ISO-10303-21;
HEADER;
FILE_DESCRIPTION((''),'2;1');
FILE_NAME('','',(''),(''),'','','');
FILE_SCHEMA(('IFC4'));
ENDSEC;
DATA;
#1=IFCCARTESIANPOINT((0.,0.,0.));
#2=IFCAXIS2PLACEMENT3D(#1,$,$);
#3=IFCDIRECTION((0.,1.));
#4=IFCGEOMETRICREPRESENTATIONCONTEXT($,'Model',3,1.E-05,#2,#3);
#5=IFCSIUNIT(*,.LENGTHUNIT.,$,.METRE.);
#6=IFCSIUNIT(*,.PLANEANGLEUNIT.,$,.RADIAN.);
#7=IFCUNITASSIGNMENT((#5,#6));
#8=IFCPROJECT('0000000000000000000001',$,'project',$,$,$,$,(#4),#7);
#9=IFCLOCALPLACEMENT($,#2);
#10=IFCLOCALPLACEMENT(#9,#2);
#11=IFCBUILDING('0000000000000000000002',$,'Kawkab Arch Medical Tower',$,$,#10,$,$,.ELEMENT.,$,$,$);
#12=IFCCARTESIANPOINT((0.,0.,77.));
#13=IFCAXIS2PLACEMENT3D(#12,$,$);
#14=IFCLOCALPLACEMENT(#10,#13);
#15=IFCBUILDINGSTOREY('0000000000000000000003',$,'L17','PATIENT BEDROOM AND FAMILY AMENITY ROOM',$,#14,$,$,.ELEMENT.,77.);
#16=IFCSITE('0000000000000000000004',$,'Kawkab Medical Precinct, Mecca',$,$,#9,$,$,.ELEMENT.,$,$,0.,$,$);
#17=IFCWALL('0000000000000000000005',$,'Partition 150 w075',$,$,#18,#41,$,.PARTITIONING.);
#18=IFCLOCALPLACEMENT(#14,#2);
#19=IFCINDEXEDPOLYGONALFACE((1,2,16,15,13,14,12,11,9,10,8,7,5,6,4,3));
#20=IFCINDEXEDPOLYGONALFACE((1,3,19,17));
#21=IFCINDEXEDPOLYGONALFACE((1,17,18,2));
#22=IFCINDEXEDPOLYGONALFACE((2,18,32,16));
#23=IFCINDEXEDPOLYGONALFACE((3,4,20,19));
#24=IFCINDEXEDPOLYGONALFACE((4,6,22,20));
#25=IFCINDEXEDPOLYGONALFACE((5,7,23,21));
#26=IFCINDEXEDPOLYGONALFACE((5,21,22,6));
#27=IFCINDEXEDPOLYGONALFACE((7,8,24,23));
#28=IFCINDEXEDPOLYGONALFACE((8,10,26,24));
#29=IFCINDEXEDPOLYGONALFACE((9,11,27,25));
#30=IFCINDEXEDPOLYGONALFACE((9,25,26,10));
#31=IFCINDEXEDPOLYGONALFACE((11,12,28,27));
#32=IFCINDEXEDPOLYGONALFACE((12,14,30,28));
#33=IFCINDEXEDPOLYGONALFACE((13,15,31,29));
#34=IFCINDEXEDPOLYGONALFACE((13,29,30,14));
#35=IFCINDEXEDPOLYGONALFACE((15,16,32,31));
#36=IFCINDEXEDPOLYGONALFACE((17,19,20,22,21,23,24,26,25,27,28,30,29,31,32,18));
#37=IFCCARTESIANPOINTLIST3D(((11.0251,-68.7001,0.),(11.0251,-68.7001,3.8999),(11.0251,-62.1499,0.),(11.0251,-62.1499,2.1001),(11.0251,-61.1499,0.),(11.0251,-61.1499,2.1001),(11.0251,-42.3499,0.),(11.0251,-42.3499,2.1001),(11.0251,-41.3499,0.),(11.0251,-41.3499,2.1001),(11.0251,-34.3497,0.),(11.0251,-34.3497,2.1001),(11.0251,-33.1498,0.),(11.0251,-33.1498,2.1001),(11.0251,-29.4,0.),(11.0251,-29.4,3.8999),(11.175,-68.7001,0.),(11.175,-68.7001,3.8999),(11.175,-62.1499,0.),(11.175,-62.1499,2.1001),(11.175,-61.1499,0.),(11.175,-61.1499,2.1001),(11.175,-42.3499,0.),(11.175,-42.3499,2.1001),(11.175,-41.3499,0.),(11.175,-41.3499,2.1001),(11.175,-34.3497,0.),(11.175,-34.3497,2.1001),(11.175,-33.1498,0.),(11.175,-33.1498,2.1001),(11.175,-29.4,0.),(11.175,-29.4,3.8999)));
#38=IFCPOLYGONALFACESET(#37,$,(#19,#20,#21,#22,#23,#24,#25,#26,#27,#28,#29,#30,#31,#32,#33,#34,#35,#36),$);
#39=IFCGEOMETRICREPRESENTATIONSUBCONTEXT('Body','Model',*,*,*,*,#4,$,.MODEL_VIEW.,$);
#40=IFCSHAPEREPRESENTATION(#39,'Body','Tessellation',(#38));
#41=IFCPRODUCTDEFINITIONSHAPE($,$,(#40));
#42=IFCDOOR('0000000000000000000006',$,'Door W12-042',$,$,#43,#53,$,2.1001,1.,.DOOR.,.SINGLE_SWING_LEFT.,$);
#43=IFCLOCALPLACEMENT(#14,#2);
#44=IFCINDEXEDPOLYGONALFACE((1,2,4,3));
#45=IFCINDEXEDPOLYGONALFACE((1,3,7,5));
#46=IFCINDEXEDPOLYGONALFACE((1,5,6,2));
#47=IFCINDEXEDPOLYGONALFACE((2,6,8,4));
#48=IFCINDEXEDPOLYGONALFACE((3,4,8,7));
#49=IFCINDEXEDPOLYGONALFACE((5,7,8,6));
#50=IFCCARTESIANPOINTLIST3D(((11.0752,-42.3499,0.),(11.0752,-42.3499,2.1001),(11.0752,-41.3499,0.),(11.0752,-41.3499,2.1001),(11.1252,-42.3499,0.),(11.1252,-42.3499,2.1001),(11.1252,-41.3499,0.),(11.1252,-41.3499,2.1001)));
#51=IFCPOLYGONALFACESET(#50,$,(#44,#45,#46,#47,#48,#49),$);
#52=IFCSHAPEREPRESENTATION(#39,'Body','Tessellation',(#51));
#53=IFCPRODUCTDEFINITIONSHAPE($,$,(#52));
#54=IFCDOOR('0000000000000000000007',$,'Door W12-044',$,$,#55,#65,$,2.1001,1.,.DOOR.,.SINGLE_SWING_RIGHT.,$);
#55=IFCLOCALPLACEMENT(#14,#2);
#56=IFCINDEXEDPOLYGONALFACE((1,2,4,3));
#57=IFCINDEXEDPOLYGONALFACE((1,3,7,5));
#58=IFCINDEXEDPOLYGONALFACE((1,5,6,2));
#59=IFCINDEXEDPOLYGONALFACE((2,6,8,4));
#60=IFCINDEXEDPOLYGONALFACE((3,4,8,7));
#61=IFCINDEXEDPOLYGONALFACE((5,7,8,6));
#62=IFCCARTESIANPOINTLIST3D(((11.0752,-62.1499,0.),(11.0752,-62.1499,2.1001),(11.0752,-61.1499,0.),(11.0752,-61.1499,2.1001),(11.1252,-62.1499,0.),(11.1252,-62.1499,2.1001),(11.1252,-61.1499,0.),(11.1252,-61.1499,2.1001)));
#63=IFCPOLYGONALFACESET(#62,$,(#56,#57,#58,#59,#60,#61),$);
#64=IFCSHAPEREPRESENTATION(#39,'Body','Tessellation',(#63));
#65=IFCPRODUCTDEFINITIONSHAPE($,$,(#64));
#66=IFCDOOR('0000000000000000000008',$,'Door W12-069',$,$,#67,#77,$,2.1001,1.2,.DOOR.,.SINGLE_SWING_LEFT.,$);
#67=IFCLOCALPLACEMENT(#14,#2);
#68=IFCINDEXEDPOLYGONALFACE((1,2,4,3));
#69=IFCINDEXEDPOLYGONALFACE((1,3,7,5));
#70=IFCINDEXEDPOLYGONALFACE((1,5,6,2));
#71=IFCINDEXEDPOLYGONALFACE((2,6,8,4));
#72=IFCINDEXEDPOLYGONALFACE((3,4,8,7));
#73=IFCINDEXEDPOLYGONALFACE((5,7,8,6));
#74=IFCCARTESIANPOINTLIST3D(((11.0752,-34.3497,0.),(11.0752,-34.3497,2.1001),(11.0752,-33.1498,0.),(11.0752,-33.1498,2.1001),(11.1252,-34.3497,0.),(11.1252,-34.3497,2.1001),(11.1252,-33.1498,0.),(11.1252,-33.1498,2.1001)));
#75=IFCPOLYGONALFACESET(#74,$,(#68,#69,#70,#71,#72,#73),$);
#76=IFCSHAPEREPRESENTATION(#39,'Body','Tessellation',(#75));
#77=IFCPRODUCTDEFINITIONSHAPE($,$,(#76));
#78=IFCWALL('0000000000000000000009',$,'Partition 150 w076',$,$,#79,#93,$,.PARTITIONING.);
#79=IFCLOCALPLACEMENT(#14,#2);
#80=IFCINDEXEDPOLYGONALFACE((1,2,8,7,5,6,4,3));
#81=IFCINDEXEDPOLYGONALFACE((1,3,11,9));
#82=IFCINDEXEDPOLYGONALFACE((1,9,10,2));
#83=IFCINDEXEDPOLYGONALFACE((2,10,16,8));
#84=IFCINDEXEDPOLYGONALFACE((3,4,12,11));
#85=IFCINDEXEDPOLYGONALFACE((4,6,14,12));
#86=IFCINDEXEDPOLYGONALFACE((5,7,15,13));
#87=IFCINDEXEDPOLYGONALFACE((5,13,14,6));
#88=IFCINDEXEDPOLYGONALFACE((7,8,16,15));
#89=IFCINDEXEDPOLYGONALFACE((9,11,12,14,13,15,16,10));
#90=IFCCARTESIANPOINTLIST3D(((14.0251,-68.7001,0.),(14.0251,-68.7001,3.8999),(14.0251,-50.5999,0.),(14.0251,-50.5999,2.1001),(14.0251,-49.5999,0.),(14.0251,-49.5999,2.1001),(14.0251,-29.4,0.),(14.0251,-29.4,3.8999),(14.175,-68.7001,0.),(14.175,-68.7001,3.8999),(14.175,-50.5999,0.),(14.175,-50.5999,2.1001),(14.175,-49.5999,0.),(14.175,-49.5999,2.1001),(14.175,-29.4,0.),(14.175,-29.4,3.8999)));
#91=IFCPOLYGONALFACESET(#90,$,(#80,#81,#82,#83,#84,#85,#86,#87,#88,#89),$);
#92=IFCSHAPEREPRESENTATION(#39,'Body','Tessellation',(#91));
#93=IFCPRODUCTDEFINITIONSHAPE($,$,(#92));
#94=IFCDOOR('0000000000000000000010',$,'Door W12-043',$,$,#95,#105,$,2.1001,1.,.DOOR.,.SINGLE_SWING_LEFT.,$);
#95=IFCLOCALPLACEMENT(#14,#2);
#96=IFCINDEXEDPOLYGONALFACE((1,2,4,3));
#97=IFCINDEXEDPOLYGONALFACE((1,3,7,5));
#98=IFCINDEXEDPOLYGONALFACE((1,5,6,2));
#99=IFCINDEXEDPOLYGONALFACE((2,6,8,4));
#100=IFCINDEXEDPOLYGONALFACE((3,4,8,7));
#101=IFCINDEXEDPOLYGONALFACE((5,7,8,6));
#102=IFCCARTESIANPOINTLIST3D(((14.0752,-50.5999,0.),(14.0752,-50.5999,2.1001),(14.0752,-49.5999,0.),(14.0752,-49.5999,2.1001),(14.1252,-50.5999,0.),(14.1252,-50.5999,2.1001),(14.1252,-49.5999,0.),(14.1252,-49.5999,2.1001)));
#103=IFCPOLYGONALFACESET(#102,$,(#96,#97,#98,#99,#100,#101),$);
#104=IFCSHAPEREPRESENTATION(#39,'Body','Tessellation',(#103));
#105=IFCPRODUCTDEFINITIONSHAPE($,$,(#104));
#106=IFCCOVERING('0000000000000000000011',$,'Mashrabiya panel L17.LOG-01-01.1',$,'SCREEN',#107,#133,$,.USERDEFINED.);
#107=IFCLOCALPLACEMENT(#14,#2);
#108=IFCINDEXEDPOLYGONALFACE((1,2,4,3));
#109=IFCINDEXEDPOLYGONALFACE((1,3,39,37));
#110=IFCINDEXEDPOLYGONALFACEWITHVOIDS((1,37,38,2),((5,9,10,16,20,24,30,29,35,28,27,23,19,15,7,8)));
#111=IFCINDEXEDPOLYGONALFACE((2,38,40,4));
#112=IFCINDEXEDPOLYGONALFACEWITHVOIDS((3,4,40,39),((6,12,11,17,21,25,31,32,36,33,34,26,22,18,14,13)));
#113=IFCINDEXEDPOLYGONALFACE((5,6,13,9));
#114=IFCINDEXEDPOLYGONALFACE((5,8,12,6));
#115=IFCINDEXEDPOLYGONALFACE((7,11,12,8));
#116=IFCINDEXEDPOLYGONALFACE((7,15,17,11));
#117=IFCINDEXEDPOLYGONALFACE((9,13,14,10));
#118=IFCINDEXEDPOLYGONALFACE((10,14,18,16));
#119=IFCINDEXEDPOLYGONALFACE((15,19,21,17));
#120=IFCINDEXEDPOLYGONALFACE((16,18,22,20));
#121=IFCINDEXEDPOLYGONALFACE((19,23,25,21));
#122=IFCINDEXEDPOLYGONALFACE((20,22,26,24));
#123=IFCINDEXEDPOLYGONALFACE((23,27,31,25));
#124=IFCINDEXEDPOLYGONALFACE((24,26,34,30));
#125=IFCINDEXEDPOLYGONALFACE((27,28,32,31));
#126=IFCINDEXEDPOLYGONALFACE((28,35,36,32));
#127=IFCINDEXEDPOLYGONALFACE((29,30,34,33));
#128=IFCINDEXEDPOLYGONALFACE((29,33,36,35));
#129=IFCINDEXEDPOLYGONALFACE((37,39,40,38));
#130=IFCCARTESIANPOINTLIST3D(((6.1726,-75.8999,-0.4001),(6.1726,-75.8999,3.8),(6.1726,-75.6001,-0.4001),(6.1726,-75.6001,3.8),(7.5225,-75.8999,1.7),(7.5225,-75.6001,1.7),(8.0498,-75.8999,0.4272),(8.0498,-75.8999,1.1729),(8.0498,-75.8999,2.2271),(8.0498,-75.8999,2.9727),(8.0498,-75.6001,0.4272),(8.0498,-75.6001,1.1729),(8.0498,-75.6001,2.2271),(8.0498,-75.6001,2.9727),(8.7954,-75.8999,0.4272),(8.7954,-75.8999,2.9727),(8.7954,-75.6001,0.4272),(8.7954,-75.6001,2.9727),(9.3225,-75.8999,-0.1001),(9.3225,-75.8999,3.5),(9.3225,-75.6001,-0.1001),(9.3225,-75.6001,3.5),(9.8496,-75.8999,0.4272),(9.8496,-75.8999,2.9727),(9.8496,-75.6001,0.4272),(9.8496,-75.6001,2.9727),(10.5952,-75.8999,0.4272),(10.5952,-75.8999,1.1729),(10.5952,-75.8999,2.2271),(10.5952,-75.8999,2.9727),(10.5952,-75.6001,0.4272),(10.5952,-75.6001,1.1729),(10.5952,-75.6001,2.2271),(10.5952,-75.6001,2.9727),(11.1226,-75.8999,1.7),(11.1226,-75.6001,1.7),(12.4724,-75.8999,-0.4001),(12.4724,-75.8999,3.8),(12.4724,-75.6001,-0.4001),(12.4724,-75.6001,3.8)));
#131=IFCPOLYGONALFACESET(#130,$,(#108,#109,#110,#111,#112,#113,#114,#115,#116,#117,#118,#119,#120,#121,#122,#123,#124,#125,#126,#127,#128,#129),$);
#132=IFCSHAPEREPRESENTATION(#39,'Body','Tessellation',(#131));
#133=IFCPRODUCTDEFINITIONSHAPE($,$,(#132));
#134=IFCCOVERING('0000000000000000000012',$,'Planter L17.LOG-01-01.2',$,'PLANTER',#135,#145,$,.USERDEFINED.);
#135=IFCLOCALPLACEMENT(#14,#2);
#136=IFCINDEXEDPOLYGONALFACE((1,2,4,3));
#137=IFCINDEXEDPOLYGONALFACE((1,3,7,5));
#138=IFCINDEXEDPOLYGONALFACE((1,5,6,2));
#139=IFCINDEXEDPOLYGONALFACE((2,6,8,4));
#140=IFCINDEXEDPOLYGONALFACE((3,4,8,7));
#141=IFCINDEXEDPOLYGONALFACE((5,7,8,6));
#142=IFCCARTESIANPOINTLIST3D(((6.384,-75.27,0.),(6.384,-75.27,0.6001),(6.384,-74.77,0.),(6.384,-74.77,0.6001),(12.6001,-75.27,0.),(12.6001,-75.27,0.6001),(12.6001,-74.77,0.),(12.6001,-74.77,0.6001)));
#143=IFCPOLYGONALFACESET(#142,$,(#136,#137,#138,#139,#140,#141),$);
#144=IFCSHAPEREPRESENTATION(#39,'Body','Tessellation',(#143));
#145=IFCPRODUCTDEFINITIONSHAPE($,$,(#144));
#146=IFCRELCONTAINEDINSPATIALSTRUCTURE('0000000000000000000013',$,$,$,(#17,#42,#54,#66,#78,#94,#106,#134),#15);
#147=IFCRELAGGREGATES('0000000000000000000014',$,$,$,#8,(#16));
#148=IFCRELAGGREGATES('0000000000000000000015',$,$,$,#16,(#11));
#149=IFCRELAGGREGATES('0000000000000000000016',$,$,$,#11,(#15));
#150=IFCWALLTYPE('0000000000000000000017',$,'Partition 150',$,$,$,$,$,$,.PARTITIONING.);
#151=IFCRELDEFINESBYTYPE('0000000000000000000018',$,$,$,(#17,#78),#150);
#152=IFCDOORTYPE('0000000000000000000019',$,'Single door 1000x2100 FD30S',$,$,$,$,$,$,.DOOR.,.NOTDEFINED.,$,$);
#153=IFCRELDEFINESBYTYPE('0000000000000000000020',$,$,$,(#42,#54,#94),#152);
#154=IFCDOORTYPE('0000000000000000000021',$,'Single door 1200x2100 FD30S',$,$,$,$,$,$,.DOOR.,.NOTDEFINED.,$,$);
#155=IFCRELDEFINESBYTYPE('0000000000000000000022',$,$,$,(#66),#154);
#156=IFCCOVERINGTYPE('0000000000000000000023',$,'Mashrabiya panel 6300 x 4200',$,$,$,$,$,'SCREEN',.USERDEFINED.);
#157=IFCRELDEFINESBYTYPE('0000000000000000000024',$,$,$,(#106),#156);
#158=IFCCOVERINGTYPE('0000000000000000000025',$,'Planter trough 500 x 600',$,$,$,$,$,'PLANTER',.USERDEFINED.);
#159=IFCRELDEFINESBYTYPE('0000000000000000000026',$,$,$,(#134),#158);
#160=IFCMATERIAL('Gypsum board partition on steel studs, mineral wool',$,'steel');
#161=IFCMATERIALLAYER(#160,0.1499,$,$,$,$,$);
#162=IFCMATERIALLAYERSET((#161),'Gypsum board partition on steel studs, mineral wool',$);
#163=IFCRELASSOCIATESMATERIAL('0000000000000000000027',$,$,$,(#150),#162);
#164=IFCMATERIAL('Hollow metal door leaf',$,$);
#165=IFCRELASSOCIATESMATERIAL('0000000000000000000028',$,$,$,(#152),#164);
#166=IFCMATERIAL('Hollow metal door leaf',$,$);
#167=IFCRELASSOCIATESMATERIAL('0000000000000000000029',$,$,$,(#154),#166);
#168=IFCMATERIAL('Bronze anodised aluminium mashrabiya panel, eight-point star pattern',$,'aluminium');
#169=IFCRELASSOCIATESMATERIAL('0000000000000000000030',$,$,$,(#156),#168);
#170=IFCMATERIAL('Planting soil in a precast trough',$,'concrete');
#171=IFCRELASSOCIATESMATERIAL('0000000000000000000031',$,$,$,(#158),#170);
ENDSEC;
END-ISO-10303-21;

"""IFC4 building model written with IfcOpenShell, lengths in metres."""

from ifc_helpers import new_model, si_unit, direction, frame, frame_2d, origin, origin_2d, place, context, subcontext, project, spatial, polyline, rectangle, outline, extrude, material, layer, layer_set, material_profile, profile_set, type_object, element, fill, save


model = new_model("IFC4")

# Units and contexts
model_context = context("Model", 3, precision=1e-05, world=origin(), true_north=direction((0.0, 1.0)))
body_context = subcontext(model_context, "Body", "Model", "MODEL_VIEW")
ifc_project = project(units=[si_unit("LENGTHUNIT", "METRE"), si_unit("PLANEANGLEUNIT", "RADIAN")], contexts=[model_context])

# Site, building, storey
site_placement = place(None, origin())
site = spatial("IfcSite", under=ifc_project, at=site_placement, Name="Kawkab Medical Precinct, Mecca", CompositionType="ELEMENT", RefElevation=0.0)
building_placement = place(site_placement, origin())
building = spatial("IfcBuilding", under=site, at=building_placement, Name="Kawkab Arch Medical Tower", CompositionType="ELEMENT")
storey_placement = place(building_placement, frame((0.0, 0.0, 77.0)))
storey = spatial("IfcBuildingStorey", under=building, at=storey_placement, Name="L17", Description="PATIENT BEDROOM AND FAMILY AMENITY ROOM", CompositionType="ELEMENT", Elevation=77.0)

# Shared definitions
ifc_material_1 = material(Name="Gypsum board partition on steel studs, mineral wool", Category="steel")
ifc_layer_1 = layer(ifc_material_1, 0.1499)
ifc_layer_set_1 = layer_set([ifc_layer_1], Name="Gypsum board partition on steel studs, mineral wool")
wall_type_1 = type_object("IfcWallType", Name="Partition 150", PredefinedType="PARTITIONING", material=ifc_layer_set_1)

# Wall, openings, doors
ifc_material_2 = material(Name="Hollow metal door leaf")
door_type_1 = type_object("IfcDoorType", Name="Single door 1000x2100 FD30S", OperationType="NOTDEFINED", PredefinedType="DOOR", material=ifc_material_2)
ifc_material_3 = material(Name="Hollow metal door leaf")
door_type_2 = type_object("IfcDoorType", Name="Single door 1200x2100 FD30S", OperationType="NOTDEFINED", PredefinedType="DOOR", material=ifc_material_3)
wall_1_placement = place(storey_placement, frame((11.1001, -68.7, 0.0), z_axis=(0.0, 0.0, 1.0), x_axis=(0.0, 1.0, 0.0)))
wall_1 = element("IfcWall", 1, at=wall_1_placement, inside=storey, type_object=wall_type_1, Name="Partition 150 w075", PredefinedType="PARTITIONING", context=body_context, shape_type="SweptSolid", body=[
    extrude(rectangle(XDim=39.3, YDim=0.1499, at=frame_2d((19.6499, 0.0))), origin(), (0.0, 0.0, 1.0), 3.8999),
])
opening_1_placement = place(wall_1_placement, frame((34.3501, 0.0, 0.0)))
opening_1 = element("IfcOpeningElement", 2, at=opening_1_placement, cuts=wall_1, PredefinedType="OPENING", context=body_context, shape_type="SweptSolid", body=[
    extrude(rectangle(XDim=1.2, YDim=2.1001, at=frame_2d((0.6001, 1.05))), frame((0.0, 0.085, 0.0), z_axis=(0.0, -1.0, 0.0), x_axis=(1.0, 0.0, 0.0)), (0.0, 0.0, 1.0), 0.1699),
])
opening_2_placement = place(wall_1_placement, frame((26.3501, 0.0, 0.0)))
opening_2 = element("IfcOpeningElement", 3, at=opening_2_placement, cuts=wall_1, PredefinedType="OPENING", context=body_context, shape_type="SweptSolid", body=[
    extrude(rectangle(XDim=1.0, YDim=2.1001, at=frame_2d((0.5, 1.05))), frame((0.0, 0.085, 0.0), z_axis=(0.0, -1.0, 0.0), x_axis=(1.0, 0.0, 0.0)), (0.0, 0.0, 1.0), 0.1699),
])
opening_3_placement = place(wall_1_placement, frame((6.55, 0.0, 0.0)))
opening_3 = element("IfcOpeningElement", 4, at=opening_3_placement, cuts=wall_1, PredefinedType="OPENING", context=body_context, shape_type="SweptSolid", body=[
    extrude(rectangle(XDim=1.0, YDim=2.1001, at=frame_2d((0.5, 1.05))), frame((0.0, 0.085, 0.0), z_axis=(0.0, -1.0, 0.0), x_axis=(1.0, 0.0, 0.0)), (0.0, 0.0, 1.0), 0.1699),
])
door_1_placement = place(opening_2_placement, origin())
door_1 = element("IfcDoor", 5, at=door_1_placement, inside=storey, type_object=door_type_1, Name="Door W12-042", OperationType="SINGLE_SWING_LEFT", OverallHeight=2.1001, OverallWidth=1.0, PredefinedType="DOOR", context=body_context, shape_type="SweptSolid", body=[
    extrude(rectangle(XDim=1.0, YDim=2.1001, at=frame_2d((0.5, 1.05))), frame((0.0, 0.0249, 0.0), z_axis=(0.0, -1.0, 0.0), x_axis=(1.0, 0.0, 0.0)), (0.0, 0.0, 1.0), 0.05),
])
fill(opening_2, door_1)
door_2_placement = place(opening_3_placement, origin())
door_2 = element("IfcDoor", 6, at=door_2_placement, inside=storey, type_object=door_type_1, Name="Door W12-044", OperationType="SINGLE_SWING_RIGHT", OverallHeight=2.1001, OverallWidth=1.0, PredefinedType="DOOR", context=body_context, shape_type="SweptSolid", body=[
    extrude(rectangle(XDim=1.0, YDim=2.1001, at=frame_2d((0.5, 1.05))), frame((0.0, 0.0249, 0.0), z_axis=(0.0, -1.0, 0.0), x_axis=(1.0, 0.0, 0.0)), (0.0, 0.0, 1.0), 0.05),
])
fill(opening_3, door_2)
door_3_placement = place(opening_1_placement, origin())
door_3 = element("IfcDoor", 7, at=door_3_placement, inside=storey, type_object=door_type_2, Name="Door W12-069", OperationType="SINGLE_SWING_LEFT", OverallHeight=2.1001, OverallWidth=1.2, PredefinedType="DOOR", context=body_context, shape_type="SweptSolid", body=[
    extrude(rectangle(XDim=1.2, YDim=2.1001, at=frame_2d((0.6001, 1.05))), frame((0.0, 0.0249, 0.0), z_axis=(0.0, -1.0, 0.0), x_axis=(1.0, 0.0, 0.0)), (0.0, 0.0, 1.0), 0.05),
])
fill(opening_1, door_3)

# Wall, opening, door
wall_2_placement = place(storey_placement, frame((14.1001, -68.7, 0.0), z_axis=(0.0, 0.0, 1.0), x_axis=(0.0, 1.0, 0.0)))
wall_2 = element("IfcWall", 8, at=wall_2_placement, inside=storey, type_object=wall_type_1, Name="Partition 150 w076", PredefinedType="PARTITIONING", context=body_context, shape_type="SweptSolid", body=[
    extrude(rectangle(XDim=39.3, YDim=0.1499, at=frame_2d((19.6499, 0.0))), origin(), (0.0, 0.0, 1.0), 3.8999),
])
opening_4_placement = place(wall_2_placement, frame((18.1001, 0.0, 0.0)))
opening_4 = element("IfcOpeningElement", 9, at=opening_4_placement, cuts=wall_2, PredefinedType="OPENING", context=body_context, shape_type="SweptSolid", body=[
    extrude(rectangle(XDim=1.0, YDim=2.1001, at=frame_2d((0.5, 1.05))), frame((0.0, 0.085, 0.0), z_axis=(0.0, -1.0, 0.0), x_axis=(1.0, 0.0, 0.0)), (0.0, 0.0, 1.0), 0.1699),
])
door_4_placement = place(opening_4_placement, origin())
door_4 = element("IfcDoor", 10, at=door_4_placement, inside=storey, type_object=door_type_1, Name="Door W12-043", OperationType="SINGLE_SWING_LEFT", OverallHeight=2.1001, OverallWidth=1.0, PredefinedType="DOOR", context=body_context, shape_type="SweptSolid", body=[
    extrude(rectangle(XDim=1.0, YDim=2.1001, at=frame_2d((0.5, 1.05))), frame((0.0, 0.0249, 0.0), z_axis=(0.0, -1.0, 0.0), x_axis=(1.0, 0.0, 0.0)), (0.0, 0.0, 1.0), 0.05),
])
fill(opening_4, door_4)

# Coverings
ifc_material_4 = material(Name="Bronze anodised aluminium mashrabiya panel, eight-point star pattern", Category="aluminium")
ifc_material_profile_1 = material_profile(ifc_material_4, outline(polyline([(-3.1499, -2.1001), (3.1499, -2.1001), (3.1499, 2.1001), (-3.1499, 2.1001), (-3.1499, -2.1001)]), holes=[polyline([(1.8, 0.0), (1.2727, 0.5271), (1.2727, 1.2727), (0.5271, 1.2727), (0.0, 1.8), (-0.5271, 1.2727), (-1.2727, 1.2727), (-1.2727, 0.5271), (-1.8, 0.0), (-1.2727, -0.5271), (-1.2727, -1.2727), (-0.5271, -1.2727), (0.0, -1.8), (0.5271, -1.2727), (1.2727, -1.2727), (1.2727, -0.5271), (1.8, 0.0)])]), Name="Mashrabiya panel 6300x4200")
ifc_profile_set_1 = profile_set([ifc_material_profile_1], Name="Bronze anodised aluminium mashrabiya panel, eight-point star pattern")
covering_type_1 = type_object("IfcCoveringType", Name="Mashrabiya panel 6300 x 4200", ElementType="SCREEN", PredefinedType="USERDEFINED", material=ifc_profile_set_1)
covering_1_placement = place(storey_placement, frame((9.3225, -75.6001, 1.7), z_axis=(0.0, -1.0, 0.0), x_axis=(1.0, 0.0, 0.0)))
element("IfcCovering", 11, at=covering_1_placement, inside=storey, type_object=covering_type_1, Name="Mashrabiya panel L17.LOG-01-01.1", ObjectType="SCREEN", PredefinedType="USERDEFINED", context=body_context, shape_type="SweptSolid", body=[
    extrude(outline(polyline([(-3.1499, -2.1001), (3.1499, -2.1001), (3.1499, 2.1001), (-3.1499, 2.1001), (-3.1499, -2.1001)]), holes=[polyline([(1.8, 0.0), (1.2727, 0.5271), (1.2727, 1.2727), (0.5271, 1.2727), (0.0, 1.8), (-0.5271, 1.2727), (-1.2727, 1.2727), (-1.2727, 0.5271), (-1.8, 0.0), (-1.2727, -0.5271), (-1.2727, -1.2727), (-0.5271, -1.2727), (0.0, -1.8), (0.5271, -1.2727), (1.2727, -1.2727), (1.2727, -0.5271), (1.8, 0.0)])]), origin(), (0.0, 0.0, 1.0), 0.2998),
])
ifc_material_5 = material(Name="Planting soil in a precast trough", Category="concrete")
ifc_material_profile_2 = material_profile(ifc_material_5, rectangle(XDim=0.5, YDim=0.6001, at=origin_2d()), Name="Trough 500x600")
ifc_profile_set_2 = profile_set([ifc_material_profile_2], Name="Planting soil in a precast trough")
covering_type_2 = type_object("IfcCoveringType", Name="Planter trough 500 x 600", ElementType="PLANTER", PredefinedType="USERDEFINED", material=ifc_profile_set_2)
covering_2_placement = place(storey_placement, frame((12.6001, -75.02, 0.3), z_axis=(-1.0, 0.0, 0.0), x_axis=(0.0, -1.0, 0.0)))
element("IfcCovering", 12, at=covering_2_placement, inside=storey, type_object=covering_type_2, Name="Planter L17.LOG-01-01.2", ObjectType="PLANTER", PredefinedType="USERDEFINED", context=body_context, shape_type="SweptSolid", body=[
    extrude(rectangle(XDim=0.5, YDim=0.6001, at=origin_2d()), origin(), (0.0, 0.0, 1.0), 6.2161),
])

save(model, "model.ifc")
